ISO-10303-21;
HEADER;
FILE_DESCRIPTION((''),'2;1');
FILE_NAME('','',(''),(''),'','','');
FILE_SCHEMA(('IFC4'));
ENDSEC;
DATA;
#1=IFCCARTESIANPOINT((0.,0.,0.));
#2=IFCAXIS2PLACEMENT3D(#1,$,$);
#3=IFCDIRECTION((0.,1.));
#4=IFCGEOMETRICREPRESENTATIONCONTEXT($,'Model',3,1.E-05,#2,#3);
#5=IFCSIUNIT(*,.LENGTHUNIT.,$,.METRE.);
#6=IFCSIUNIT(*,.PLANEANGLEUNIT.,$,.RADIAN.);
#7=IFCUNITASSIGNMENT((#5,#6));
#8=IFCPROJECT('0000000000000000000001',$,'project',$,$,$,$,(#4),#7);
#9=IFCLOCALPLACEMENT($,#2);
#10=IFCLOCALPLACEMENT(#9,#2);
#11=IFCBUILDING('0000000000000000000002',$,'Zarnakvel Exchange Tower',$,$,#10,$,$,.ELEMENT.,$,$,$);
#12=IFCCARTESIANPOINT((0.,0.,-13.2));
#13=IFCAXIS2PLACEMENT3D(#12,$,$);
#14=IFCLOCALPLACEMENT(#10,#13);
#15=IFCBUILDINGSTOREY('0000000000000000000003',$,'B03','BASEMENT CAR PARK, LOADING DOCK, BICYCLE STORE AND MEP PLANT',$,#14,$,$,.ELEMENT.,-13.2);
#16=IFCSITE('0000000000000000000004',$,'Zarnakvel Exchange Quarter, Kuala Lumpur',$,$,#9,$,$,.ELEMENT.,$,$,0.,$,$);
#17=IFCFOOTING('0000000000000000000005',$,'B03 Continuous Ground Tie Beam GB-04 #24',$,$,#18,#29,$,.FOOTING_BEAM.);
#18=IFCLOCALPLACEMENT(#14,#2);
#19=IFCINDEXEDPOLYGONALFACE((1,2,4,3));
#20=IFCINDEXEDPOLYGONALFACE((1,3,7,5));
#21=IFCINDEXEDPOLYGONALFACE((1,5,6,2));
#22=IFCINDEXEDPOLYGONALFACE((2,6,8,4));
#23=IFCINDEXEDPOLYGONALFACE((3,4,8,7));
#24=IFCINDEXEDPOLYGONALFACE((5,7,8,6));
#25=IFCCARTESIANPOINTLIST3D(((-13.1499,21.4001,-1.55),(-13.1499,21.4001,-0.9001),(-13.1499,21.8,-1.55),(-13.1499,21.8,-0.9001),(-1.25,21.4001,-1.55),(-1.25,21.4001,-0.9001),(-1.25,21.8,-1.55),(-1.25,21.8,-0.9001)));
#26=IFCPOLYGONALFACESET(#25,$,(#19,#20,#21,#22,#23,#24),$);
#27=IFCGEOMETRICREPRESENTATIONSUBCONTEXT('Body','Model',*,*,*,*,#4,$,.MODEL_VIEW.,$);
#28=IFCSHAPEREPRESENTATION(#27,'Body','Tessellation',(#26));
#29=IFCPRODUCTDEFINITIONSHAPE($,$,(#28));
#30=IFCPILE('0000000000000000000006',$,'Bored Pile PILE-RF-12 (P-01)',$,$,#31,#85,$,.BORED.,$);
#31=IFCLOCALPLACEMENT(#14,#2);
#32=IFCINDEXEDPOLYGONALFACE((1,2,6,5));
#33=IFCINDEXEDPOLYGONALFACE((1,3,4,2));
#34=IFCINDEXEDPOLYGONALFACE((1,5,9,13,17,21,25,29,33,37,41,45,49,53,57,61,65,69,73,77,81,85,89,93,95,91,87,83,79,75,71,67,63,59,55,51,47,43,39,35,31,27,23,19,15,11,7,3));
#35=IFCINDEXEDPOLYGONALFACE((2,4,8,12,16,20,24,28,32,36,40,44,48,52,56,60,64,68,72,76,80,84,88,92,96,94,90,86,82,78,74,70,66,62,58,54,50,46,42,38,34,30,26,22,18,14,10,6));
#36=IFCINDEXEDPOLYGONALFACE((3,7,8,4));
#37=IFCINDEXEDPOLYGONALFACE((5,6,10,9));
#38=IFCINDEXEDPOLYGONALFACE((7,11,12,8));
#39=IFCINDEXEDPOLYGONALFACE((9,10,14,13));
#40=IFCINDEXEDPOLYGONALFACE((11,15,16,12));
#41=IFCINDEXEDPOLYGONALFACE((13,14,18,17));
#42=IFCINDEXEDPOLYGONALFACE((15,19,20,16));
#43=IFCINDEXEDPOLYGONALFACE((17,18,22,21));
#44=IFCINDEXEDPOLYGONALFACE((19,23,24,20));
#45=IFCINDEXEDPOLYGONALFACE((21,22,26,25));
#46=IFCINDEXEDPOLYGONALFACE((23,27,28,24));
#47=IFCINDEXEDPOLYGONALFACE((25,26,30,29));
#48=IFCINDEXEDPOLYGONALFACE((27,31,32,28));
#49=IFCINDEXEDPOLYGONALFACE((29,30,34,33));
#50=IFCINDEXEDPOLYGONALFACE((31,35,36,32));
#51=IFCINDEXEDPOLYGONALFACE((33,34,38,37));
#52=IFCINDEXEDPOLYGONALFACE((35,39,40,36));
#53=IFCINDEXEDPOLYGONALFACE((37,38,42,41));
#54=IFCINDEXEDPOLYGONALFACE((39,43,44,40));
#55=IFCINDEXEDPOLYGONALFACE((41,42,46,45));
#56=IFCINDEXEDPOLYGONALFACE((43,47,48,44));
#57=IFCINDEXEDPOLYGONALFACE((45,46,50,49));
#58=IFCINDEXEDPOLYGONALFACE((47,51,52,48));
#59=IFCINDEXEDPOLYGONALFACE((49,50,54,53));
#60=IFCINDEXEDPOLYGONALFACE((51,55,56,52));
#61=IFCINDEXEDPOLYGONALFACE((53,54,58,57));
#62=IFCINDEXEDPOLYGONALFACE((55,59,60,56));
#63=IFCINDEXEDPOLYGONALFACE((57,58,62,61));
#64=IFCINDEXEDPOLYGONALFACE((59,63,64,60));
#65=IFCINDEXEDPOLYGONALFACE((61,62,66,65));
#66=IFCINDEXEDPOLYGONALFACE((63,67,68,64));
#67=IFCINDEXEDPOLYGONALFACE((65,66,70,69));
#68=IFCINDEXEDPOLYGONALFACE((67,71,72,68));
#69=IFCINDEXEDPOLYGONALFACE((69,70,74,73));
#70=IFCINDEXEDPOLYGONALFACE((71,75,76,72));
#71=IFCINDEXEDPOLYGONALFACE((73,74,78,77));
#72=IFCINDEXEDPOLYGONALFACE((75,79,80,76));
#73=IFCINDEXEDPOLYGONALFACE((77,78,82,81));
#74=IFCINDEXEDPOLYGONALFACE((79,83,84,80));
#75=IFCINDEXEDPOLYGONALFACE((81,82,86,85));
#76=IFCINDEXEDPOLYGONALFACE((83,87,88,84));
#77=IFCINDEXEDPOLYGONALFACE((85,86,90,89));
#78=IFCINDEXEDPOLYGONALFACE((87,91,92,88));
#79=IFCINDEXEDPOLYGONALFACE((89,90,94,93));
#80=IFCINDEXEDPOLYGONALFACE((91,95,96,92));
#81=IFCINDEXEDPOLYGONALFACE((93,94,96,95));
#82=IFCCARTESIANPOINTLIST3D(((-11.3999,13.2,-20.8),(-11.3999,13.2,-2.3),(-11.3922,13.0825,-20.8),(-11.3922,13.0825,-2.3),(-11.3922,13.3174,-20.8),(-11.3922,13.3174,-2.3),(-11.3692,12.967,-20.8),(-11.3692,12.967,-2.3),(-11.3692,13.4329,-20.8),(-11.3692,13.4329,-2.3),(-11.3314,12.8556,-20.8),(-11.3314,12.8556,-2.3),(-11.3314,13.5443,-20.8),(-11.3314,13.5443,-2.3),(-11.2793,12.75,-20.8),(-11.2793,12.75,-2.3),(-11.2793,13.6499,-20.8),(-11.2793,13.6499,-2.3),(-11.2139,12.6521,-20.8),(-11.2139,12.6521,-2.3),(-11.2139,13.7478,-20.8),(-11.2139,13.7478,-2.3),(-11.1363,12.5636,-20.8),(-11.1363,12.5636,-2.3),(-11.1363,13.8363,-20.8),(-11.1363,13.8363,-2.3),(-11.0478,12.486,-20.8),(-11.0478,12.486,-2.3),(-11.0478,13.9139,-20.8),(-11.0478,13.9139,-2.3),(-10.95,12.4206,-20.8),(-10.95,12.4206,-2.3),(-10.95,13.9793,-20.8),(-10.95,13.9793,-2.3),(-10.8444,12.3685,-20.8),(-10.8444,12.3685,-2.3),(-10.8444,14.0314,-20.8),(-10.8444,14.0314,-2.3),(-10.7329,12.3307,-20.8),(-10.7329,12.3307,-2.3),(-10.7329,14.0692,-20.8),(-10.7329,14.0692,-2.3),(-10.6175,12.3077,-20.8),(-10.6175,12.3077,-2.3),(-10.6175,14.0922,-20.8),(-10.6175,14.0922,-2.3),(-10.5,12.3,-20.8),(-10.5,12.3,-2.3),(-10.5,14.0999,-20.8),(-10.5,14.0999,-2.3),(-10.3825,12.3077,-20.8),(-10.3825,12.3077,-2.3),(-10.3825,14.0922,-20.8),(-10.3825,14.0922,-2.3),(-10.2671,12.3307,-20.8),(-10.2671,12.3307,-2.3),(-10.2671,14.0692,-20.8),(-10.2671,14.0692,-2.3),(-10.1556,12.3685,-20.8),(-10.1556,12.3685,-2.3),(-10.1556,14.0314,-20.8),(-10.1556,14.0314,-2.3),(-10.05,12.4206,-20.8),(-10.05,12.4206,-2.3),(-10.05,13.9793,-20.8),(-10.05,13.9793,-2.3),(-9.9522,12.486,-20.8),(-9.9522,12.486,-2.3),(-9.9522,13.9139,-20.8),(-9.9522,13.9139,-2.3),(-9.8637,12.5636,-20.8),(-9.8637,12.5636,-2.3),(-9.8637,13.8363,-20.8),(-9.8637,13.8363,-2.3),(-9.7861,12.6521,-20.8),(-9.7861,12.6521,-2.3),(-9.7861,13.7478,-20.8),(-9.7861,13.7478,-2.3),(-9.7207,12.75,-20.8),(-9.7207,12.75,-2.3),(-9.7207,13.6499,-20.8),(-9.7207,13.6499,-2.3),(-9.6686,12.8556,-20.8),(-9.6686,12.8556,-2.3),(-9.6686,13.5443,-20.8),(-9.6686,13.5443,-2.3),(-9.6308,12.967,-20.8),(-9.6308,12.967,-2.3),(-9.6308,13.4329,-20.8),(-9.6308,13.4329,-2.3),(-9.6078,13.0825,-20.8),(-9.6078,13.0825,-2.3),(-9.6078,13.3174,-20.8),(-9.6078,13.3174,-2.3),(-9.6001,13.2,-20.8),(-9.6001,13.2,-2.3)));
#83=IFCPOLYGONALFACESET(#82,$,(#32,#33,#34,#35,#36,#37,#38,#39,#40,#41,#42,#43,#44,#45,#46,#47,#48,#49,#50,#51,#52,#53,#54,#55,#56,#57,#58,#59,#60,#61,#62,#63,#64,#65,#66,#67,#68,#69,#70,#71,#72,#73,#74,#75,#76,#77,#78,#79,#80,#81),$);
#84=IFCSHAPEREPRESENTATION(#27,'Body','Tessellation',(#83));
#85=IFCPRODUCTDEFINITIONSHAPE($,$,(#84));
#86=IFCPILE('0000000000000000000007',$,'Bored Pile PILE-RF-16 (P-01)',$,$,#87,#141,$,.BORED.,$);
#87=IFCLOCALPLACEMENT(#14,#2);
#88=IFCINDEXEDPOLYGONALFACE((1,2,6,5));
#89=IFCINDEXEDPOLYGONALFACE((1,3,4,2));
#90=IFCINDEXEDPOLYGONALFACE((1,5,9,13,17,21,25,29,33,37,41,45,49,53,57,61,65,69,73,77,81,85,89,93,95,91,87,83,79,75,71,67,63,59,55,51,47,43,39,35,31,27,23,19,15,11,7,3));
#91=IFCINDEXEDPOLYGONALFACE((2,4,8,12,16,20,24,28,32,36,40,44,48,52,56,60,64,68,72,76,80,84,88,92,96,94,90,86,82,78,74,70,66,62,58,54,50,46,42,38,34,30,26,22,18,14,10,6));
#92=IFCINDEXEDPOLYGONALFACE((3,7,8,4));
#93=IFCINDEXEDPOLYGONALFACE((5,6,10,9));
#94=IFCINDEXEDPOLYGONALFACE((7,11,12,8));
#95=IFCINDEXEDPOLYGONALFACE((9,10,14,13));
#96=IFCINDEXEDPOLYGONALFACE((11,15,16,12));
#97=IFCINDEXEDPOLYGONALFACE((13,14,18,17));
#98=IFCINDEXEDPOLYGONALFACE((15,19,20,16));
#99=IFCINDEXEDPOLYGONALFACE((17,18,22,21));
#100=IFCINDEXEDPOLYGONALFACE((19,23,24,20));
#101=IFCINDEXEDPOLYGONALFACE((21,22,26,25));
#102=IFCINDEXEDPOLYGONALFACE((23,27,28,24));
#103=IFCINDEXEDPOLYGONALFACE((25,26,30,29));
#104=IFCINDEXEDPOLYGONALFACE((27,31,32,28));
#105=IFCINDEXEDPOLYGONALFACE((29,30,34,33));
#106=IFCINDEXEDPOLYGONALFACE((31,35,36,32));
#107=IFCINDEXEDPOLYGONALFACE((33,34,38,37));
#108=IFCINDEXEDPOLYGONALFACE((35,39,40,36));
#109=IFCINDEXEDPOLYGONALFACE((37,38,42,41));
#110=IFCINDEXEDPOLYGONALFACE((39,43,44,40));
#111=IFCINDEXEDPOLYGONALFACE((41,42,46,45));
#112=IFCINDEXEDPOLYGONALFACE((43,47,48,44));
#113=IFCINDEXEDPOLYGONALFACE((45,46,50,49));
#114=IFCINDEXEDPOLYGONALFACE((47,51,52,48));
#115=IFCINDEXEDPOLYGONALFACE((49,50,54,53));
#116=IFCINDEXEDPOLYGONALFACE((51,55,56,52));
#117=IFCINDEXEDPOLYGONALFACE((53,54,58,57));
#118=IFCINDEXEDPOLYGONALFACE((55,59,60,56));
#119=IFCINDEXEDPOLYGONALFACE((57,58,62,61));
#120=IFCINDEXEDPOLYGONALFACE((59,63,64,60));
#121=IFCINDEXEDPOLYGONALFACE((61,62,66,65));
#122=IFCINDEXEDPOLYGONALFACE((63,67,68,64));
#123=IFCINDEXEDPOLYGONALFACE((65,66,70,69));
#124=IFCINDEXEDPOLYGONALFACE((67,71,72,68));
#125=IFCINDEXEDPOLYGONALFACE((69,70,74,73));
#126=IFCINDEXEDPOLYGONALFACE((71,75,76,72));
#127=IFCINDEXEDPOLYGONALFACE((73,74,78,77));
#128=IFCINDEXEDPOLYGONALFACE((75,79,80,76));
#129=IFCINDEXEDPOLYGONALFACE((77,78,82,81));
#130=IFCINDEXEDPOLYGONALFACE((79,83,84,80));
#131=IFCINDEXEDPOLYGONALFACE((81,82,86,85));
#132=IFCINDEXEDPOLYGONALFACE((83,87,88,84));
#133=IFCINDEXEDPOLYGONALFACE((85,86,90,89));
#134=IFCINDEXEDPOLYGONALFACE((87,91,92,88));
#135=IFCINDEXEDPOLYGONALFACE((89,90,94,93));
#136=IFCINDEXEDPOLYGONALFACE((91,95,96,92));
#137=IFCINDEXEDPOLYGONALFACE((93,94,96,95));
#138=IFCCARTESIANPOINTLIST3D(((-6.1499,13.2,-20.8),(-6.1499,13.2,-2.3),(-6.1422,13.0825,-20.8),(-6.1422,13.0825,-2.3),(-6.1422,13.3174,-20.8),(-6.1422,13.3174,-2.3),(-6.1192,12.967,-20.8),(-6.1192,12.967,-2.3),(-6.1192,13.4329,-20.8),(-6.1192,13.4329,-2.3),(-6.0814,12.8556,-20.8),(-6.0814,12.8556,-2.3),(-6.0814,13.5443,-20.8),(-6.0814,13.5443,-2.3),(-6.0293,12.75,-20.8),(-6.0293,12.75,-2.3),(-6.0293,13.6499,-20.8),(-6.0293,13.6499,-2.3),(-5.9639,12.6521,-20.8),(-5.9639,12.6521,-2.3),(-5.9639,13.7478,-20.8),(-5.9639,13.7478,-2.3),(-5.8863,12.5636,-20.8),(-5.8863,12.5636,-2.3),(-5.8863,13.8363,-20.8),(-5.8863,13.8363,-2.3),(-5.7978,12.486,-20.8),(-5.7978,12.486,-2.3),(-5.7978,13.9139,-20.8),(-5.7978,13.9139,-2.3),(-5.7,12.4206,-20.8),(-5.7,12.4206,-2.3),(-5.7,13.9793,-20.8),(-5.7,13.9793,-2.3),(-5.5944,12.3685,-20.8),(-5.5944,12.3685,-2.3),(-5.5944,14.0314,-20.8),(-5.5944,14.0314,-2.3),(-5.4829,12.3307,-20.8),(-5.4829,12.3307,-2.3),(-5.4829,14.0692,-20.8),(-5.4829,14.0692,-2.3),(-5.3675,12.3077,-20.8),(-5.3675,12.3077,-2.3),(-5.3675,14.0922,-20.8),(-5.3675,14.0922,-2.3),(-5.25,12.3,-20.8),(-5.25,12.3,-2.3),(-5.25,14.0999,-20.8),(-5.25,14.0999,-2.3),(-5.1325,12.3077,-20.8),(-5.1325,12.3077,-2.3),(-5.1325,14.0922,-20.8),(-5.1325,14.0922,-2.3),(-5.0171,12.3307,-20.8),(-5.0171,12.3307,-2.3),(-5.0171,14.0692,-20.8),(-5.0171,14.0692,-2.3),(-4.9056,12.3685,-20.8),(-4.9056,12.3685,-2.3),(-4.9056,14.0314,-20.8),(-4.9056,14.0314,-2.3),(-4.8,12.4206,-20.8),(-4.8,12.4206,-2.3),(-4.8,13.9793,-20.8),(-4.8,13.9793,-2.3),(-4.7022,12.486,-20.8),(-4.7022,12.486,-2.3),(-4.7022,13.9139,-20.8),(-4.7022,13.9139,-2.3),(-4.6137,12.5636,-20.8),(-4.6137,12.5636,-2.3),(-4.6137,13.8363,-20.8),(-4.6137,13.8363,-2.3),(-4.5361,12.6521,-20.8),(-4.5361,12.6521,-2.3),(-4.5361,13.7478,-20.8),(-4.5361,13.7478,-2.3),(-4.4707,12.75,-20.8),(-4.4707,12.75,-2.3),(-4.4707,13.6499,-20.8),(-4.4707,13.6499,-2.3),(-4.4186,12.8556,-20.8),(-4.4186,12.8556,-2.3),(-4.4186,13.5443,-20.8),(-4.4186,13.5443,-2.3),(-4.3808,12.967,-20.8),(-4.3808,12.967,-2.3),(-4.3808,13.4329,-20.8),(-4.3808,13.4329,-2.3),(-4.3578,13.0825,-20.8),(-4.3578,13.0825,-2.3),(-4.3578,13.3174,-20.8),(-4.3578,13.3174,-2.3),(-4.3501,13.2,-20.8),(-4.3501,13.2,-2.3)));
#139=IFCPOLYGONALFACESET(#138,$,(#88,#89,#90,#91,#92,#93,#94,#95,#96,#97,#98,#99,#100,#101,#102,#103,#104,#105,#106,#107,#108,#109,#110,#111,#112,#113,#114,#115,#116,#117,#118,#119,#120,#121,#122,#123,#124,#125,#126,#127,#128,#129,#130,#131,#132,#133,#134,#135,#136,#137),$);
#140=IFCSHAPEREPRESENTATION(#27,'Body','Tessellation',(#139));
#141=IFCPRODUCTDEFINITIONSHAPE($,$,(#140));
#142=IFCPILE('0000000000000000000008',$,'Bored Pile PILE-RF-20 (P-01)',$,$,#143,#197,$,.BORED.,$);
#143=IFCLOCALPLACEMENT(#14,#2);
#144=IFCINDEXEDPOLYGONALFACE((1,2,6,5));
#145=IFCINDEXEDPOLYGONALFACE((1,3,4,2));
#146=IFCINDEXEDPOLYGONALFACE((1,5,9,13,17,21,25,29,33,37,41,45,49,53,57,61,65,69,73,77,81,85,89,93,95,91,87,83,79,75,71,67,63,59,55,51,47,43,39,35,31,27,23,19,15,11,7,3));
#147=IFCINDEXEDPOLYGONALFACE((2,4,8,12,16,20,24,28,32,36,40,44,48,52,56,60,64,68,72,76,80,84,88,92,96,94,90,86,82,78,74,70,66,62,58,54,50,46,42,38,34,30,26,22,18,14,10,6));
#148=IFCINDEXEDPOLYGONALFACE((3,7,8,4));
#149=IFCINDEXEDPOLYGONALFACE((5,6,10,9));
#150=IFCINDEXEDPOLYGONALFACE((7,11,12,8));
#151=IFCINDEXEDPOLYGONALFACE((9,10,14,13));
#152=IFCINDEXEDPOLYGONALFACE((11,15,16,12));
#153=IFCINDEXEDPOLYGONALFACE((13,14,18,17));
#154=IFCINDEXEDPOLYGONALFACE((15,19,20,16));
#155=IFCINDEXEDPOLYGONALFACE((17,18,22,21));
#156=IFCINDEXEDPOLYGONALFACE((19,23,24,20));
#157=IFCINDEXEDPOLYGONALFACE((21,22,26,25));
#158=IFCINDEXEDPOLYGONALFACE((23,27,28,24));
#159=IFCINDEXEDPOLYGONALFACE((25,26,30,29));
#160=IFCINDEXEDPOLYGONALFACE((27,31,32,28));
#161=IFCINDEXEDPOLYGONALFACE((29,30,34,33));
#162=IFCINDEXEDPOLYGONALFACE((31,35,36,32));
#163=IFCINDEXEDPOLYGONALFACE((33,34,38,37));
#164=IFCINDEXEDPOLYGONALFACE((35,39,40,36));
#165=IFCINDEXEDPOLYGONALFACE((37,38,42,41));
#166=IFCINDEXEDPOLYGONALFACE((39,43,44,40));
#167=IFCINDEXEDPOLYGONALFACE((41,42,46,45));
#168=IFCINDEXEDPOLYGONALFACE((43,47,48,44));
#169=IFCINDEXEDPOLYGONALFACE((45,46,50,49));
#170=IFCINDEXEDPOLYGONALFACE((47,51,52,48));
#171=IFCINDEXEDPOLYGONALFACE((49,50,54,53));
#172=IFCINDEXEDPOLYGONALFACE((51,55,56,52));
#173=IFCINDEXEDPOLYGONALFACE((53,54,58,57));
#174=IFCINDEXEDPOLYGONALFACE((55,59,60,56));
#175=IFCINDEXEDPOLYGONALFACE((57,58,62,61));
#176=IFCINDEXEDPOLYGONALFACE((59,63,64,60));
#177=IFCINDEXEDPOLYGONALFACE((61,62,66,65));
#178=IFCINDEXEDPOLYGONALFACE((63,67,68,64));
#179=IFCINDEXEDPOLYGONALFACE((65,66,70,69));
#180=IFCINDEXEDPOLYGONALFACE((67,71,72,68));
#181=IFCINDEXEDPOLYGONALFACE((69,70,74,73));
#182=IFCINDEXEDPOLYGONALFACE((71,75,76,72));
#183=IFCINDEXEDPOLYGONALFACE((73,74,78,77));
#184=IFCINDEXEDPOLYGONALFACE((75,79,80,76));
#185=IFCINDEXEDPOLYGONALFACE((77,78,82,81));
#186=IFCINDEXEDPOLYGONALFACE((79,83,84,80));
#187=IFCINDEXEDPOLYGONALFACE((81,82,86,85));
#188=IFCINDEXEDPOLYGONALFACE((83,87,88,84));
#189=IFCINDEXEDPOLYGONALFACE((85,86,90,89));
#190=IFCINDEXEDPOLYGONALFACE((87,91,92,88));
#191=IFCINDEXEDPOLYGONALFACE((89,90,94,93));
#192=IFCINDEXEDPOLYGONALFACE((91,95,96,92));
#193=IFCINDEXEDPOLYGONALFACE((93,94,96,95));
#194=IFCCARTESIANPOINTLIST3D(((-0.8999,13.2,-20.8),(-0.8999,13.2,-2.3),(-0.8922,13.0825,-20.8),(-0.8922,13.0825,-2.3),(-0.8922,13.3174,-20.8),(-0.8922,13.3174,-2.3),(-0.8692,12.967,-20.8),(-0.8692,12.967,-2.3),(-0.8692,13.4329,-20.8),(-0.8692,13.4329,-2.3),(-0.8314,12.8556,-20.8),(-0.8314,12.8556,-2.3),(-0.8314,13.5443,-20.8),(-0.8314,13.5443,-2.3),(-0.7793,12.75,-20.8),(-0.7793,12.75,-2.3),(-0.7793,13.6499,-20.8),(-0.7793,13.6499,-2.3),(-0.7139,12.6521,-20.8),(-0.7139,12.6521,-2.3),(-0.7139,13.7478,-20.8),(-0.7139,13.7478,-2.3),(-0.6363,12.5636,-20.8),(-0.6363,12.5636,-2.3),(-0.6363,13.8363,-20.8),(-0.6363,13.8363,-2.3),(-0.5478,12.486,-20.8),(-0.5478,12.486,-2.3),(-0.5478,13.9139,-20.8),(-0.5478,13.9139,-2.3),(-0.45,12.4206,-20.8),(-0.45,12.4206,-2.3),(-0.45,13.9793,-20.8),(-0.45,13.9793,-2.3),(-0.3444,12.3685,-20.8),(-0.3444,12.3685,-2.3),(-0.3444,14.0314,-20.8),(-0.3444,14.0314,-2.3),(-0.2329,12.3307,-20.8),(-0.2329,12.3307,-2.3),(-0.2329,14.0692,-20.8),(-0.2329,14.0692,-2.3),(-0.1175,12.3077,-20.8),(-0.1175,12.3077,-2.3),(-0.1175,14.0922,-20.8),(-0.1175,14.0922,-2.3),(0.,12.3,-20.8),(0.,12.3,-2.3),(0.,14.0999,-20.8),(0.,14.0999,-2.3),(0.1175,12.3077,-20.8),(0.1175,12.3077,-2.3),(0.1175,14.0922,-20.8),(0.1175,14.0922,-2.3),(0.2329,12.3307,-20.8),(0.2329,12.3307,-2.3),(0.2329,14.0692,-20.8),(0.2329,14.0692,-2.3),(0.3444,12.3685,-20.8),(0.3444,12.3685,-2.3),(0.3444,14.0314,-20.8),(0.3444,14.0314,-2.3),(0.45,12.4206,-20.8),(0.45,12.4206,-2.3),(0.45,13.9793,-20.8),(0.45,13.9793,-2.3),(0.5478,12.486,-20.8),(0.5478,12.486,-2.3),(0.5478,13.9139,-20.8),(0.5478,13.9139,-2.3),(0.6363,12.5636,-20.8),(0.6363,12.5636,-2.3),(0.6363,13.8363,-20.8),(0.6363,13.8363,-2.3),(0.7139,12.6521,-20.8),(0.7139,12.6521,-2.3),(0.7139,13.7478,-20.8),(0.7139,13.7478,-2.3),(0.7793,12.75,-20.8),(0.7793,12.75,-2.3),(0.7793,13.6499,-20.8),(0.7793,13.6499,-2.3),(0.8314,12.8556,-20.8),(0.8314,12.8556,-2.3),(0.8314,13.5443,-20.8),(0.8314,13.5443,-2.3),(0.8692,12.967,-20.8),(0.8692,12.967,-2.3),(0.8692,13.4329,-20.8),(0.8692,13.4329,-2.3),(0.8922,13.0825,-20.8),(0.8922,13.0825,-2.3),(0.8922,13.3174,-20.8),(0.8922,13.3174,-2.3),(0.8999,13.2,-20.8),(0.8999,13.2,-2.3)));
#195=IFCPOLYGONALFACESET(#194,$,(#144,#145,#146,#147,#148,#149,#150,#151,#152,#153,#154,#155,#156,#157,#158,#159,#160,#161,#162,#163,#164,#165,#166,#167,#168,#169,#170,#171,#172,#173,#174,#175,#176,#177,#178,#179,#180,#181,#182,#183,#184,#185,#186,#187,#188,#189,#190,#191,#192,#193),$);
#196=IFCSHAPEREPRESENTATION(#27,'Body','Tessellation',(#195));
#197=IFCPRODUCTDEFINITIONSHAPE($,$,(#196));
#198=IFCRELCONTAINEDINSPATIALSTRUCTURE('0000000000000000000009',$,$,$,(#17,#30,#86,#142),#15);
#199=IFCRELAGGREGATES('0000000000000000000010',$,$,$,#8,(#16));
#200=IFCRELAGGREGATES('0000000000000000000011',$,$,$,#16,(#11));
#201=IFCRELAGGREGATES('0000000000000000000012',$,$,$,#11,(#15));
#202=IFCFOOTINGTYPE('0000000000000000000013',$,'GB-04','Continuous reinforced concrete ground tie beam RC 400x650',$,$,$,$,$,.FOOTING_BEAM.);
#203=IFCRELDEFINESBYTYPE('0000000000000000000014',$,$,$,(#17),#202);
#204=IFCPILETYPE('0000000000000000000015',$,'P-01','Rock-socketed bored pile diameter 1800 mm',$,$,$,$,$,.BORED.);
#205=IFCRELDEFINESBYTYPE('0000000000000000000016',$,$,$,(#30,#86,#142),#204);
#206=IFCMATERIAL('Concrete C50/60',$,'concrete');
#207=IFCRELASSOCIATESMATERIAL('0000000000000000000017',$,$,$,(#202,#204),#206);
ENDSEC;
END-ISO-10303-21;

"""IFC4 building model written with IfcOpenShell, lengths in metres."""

from ifc_helpers import new_model, si_unit, direction, frame, origin, origin_2d, place, context, subcontext, project, spatial, rectangle, circle, extrude, material, material_profile, profile_set, type_object, element, save


model = new_model("IFC4")

# Units and contexts
model_context = context("Model", 3, precision=1e-05, world=origin(), true_north=direction((0.0, 1.0)))
body_context = subcontext(model_context, "Body", "Model", "MODEL_VIEW")
ifc_project = project(units=[si_unit("LENGTHUNIT", "METRE"), si_unit("PLANEANGLEUNIT", "RADIAN")], contexts=[model_context])

# Site, building, storey
site_placement = place(None, origin())
site = spatial("IfcSite", under=ifc_project, at=site_placement, Name="Zarnakvel Exchange Quarter, Kuala Lumpur", CompositionType="ELEMENT", RefElevation=0.0)
building_placement = place(site_placement, origin())
building = spatial("IfcBuilding", under=site, at=building_placement, Name="Zarnakvel Exchange Tower", CompositionType="ELEMENT")
storey_placement = place(building_placement, frame((0.0, 0.0, -13.2)))
storey = spatial("IfcBuildingStorey", under=building, at=storey_placement, Name="B03", Description="BASEMENT CAR PARK, LOADING DOCK, BICYCLE STORE AND MEP PLANT", CompositionType="ELEMENT", Elevation=-13.2)

# Footing
ifc_material_1 = material(Name="Concrete C50/60", Category="concrete")
ifc_material_profile_1 = material_profile(ifc_material_1, rectangle(XDim=0.3999, YDim=0.6499, at=origin_2d()))
ifc_profile_set_1 = profile_set([ifc_material_profile_1], Name="Concrete C50/60")
footing_type_1 = type_object("IfcFootingType", Name="GB-04", Description="Continuous reinforced concrete ground tie beam RC 400x650", PredefinedType="FOOTING_BEAM", material=ifc_profile_set_1)
footing_1_placement = place(storey_placement, frame((-13.1499, 21.6001, -1.2251), z_axis=(1.0, 0.0, 0.0), x_axis=(0.0, 1.0, 0.0)))
element("IfcFooting", 1, at=footing_1_placement, inside=storey, type_object=footing_type_1, Name="B03 Continuous Ground Tie Beam GB-04 #24", PredefinedType="FOOTING_BEAM", context=body_context, shape_type="SweptSolid", body=[
    extrude(rectangle(XDim=0.3999, YDim=0.6499, at=origin_2d()), origin(), (0.0, 0.0, 1.0), 11.8999),
])

# Piles
ifc_material_profile_2 = material_profile(ifc_material_1, circle(Radius=0.8999, at=origin_2d()))
ifc_profile_set_2 = profile_set([ifc_material_profile_2], Name="Concrete C50/60")
pile_type = type_object("IfcPileType", Name="P-01", Description="Rock-socketed bored pile diameter 1800 mm", PredefinedType="BORED", material=ifc_profile_set_2)
for number, where, z_axis, x_axis, name in (
    (2, (-10.5, 13.2, -2.3), (0.0, 0.0, -1.0), (1.0, 0.0, 0.0), "Bored Pile PILE-RF-12 (P-01)"),
    (3, (-5.25, 13.2, -2.3), (0.0, 0.0, -1.0), (1.0, 0.0, 0.0), "Bored Pile PILE-RF-16 (P-01)"),
    (4, (0.0, 13.2, -2.3), (0.0, 0.0, -1.0), (1.0, 0.0, 0.0), "Bored Pile PILE-RF-20 (P-01)"),
):
    element("IfcPile", number, at=place(storey_placement, frame(where, z_axis=z_axis, x_axis=x_axis)), inside=storey, type_object=pile_type, Name=name, PredefinedType="BORED", context=body_context, shape_type="SweptSolid", body=[
        extrude(circle(Radius=0.8999, at=origin_2d()), origin(), (0.0, 0.0, 1.0), 18.5),
    ])

save(model, "model.ifc")
